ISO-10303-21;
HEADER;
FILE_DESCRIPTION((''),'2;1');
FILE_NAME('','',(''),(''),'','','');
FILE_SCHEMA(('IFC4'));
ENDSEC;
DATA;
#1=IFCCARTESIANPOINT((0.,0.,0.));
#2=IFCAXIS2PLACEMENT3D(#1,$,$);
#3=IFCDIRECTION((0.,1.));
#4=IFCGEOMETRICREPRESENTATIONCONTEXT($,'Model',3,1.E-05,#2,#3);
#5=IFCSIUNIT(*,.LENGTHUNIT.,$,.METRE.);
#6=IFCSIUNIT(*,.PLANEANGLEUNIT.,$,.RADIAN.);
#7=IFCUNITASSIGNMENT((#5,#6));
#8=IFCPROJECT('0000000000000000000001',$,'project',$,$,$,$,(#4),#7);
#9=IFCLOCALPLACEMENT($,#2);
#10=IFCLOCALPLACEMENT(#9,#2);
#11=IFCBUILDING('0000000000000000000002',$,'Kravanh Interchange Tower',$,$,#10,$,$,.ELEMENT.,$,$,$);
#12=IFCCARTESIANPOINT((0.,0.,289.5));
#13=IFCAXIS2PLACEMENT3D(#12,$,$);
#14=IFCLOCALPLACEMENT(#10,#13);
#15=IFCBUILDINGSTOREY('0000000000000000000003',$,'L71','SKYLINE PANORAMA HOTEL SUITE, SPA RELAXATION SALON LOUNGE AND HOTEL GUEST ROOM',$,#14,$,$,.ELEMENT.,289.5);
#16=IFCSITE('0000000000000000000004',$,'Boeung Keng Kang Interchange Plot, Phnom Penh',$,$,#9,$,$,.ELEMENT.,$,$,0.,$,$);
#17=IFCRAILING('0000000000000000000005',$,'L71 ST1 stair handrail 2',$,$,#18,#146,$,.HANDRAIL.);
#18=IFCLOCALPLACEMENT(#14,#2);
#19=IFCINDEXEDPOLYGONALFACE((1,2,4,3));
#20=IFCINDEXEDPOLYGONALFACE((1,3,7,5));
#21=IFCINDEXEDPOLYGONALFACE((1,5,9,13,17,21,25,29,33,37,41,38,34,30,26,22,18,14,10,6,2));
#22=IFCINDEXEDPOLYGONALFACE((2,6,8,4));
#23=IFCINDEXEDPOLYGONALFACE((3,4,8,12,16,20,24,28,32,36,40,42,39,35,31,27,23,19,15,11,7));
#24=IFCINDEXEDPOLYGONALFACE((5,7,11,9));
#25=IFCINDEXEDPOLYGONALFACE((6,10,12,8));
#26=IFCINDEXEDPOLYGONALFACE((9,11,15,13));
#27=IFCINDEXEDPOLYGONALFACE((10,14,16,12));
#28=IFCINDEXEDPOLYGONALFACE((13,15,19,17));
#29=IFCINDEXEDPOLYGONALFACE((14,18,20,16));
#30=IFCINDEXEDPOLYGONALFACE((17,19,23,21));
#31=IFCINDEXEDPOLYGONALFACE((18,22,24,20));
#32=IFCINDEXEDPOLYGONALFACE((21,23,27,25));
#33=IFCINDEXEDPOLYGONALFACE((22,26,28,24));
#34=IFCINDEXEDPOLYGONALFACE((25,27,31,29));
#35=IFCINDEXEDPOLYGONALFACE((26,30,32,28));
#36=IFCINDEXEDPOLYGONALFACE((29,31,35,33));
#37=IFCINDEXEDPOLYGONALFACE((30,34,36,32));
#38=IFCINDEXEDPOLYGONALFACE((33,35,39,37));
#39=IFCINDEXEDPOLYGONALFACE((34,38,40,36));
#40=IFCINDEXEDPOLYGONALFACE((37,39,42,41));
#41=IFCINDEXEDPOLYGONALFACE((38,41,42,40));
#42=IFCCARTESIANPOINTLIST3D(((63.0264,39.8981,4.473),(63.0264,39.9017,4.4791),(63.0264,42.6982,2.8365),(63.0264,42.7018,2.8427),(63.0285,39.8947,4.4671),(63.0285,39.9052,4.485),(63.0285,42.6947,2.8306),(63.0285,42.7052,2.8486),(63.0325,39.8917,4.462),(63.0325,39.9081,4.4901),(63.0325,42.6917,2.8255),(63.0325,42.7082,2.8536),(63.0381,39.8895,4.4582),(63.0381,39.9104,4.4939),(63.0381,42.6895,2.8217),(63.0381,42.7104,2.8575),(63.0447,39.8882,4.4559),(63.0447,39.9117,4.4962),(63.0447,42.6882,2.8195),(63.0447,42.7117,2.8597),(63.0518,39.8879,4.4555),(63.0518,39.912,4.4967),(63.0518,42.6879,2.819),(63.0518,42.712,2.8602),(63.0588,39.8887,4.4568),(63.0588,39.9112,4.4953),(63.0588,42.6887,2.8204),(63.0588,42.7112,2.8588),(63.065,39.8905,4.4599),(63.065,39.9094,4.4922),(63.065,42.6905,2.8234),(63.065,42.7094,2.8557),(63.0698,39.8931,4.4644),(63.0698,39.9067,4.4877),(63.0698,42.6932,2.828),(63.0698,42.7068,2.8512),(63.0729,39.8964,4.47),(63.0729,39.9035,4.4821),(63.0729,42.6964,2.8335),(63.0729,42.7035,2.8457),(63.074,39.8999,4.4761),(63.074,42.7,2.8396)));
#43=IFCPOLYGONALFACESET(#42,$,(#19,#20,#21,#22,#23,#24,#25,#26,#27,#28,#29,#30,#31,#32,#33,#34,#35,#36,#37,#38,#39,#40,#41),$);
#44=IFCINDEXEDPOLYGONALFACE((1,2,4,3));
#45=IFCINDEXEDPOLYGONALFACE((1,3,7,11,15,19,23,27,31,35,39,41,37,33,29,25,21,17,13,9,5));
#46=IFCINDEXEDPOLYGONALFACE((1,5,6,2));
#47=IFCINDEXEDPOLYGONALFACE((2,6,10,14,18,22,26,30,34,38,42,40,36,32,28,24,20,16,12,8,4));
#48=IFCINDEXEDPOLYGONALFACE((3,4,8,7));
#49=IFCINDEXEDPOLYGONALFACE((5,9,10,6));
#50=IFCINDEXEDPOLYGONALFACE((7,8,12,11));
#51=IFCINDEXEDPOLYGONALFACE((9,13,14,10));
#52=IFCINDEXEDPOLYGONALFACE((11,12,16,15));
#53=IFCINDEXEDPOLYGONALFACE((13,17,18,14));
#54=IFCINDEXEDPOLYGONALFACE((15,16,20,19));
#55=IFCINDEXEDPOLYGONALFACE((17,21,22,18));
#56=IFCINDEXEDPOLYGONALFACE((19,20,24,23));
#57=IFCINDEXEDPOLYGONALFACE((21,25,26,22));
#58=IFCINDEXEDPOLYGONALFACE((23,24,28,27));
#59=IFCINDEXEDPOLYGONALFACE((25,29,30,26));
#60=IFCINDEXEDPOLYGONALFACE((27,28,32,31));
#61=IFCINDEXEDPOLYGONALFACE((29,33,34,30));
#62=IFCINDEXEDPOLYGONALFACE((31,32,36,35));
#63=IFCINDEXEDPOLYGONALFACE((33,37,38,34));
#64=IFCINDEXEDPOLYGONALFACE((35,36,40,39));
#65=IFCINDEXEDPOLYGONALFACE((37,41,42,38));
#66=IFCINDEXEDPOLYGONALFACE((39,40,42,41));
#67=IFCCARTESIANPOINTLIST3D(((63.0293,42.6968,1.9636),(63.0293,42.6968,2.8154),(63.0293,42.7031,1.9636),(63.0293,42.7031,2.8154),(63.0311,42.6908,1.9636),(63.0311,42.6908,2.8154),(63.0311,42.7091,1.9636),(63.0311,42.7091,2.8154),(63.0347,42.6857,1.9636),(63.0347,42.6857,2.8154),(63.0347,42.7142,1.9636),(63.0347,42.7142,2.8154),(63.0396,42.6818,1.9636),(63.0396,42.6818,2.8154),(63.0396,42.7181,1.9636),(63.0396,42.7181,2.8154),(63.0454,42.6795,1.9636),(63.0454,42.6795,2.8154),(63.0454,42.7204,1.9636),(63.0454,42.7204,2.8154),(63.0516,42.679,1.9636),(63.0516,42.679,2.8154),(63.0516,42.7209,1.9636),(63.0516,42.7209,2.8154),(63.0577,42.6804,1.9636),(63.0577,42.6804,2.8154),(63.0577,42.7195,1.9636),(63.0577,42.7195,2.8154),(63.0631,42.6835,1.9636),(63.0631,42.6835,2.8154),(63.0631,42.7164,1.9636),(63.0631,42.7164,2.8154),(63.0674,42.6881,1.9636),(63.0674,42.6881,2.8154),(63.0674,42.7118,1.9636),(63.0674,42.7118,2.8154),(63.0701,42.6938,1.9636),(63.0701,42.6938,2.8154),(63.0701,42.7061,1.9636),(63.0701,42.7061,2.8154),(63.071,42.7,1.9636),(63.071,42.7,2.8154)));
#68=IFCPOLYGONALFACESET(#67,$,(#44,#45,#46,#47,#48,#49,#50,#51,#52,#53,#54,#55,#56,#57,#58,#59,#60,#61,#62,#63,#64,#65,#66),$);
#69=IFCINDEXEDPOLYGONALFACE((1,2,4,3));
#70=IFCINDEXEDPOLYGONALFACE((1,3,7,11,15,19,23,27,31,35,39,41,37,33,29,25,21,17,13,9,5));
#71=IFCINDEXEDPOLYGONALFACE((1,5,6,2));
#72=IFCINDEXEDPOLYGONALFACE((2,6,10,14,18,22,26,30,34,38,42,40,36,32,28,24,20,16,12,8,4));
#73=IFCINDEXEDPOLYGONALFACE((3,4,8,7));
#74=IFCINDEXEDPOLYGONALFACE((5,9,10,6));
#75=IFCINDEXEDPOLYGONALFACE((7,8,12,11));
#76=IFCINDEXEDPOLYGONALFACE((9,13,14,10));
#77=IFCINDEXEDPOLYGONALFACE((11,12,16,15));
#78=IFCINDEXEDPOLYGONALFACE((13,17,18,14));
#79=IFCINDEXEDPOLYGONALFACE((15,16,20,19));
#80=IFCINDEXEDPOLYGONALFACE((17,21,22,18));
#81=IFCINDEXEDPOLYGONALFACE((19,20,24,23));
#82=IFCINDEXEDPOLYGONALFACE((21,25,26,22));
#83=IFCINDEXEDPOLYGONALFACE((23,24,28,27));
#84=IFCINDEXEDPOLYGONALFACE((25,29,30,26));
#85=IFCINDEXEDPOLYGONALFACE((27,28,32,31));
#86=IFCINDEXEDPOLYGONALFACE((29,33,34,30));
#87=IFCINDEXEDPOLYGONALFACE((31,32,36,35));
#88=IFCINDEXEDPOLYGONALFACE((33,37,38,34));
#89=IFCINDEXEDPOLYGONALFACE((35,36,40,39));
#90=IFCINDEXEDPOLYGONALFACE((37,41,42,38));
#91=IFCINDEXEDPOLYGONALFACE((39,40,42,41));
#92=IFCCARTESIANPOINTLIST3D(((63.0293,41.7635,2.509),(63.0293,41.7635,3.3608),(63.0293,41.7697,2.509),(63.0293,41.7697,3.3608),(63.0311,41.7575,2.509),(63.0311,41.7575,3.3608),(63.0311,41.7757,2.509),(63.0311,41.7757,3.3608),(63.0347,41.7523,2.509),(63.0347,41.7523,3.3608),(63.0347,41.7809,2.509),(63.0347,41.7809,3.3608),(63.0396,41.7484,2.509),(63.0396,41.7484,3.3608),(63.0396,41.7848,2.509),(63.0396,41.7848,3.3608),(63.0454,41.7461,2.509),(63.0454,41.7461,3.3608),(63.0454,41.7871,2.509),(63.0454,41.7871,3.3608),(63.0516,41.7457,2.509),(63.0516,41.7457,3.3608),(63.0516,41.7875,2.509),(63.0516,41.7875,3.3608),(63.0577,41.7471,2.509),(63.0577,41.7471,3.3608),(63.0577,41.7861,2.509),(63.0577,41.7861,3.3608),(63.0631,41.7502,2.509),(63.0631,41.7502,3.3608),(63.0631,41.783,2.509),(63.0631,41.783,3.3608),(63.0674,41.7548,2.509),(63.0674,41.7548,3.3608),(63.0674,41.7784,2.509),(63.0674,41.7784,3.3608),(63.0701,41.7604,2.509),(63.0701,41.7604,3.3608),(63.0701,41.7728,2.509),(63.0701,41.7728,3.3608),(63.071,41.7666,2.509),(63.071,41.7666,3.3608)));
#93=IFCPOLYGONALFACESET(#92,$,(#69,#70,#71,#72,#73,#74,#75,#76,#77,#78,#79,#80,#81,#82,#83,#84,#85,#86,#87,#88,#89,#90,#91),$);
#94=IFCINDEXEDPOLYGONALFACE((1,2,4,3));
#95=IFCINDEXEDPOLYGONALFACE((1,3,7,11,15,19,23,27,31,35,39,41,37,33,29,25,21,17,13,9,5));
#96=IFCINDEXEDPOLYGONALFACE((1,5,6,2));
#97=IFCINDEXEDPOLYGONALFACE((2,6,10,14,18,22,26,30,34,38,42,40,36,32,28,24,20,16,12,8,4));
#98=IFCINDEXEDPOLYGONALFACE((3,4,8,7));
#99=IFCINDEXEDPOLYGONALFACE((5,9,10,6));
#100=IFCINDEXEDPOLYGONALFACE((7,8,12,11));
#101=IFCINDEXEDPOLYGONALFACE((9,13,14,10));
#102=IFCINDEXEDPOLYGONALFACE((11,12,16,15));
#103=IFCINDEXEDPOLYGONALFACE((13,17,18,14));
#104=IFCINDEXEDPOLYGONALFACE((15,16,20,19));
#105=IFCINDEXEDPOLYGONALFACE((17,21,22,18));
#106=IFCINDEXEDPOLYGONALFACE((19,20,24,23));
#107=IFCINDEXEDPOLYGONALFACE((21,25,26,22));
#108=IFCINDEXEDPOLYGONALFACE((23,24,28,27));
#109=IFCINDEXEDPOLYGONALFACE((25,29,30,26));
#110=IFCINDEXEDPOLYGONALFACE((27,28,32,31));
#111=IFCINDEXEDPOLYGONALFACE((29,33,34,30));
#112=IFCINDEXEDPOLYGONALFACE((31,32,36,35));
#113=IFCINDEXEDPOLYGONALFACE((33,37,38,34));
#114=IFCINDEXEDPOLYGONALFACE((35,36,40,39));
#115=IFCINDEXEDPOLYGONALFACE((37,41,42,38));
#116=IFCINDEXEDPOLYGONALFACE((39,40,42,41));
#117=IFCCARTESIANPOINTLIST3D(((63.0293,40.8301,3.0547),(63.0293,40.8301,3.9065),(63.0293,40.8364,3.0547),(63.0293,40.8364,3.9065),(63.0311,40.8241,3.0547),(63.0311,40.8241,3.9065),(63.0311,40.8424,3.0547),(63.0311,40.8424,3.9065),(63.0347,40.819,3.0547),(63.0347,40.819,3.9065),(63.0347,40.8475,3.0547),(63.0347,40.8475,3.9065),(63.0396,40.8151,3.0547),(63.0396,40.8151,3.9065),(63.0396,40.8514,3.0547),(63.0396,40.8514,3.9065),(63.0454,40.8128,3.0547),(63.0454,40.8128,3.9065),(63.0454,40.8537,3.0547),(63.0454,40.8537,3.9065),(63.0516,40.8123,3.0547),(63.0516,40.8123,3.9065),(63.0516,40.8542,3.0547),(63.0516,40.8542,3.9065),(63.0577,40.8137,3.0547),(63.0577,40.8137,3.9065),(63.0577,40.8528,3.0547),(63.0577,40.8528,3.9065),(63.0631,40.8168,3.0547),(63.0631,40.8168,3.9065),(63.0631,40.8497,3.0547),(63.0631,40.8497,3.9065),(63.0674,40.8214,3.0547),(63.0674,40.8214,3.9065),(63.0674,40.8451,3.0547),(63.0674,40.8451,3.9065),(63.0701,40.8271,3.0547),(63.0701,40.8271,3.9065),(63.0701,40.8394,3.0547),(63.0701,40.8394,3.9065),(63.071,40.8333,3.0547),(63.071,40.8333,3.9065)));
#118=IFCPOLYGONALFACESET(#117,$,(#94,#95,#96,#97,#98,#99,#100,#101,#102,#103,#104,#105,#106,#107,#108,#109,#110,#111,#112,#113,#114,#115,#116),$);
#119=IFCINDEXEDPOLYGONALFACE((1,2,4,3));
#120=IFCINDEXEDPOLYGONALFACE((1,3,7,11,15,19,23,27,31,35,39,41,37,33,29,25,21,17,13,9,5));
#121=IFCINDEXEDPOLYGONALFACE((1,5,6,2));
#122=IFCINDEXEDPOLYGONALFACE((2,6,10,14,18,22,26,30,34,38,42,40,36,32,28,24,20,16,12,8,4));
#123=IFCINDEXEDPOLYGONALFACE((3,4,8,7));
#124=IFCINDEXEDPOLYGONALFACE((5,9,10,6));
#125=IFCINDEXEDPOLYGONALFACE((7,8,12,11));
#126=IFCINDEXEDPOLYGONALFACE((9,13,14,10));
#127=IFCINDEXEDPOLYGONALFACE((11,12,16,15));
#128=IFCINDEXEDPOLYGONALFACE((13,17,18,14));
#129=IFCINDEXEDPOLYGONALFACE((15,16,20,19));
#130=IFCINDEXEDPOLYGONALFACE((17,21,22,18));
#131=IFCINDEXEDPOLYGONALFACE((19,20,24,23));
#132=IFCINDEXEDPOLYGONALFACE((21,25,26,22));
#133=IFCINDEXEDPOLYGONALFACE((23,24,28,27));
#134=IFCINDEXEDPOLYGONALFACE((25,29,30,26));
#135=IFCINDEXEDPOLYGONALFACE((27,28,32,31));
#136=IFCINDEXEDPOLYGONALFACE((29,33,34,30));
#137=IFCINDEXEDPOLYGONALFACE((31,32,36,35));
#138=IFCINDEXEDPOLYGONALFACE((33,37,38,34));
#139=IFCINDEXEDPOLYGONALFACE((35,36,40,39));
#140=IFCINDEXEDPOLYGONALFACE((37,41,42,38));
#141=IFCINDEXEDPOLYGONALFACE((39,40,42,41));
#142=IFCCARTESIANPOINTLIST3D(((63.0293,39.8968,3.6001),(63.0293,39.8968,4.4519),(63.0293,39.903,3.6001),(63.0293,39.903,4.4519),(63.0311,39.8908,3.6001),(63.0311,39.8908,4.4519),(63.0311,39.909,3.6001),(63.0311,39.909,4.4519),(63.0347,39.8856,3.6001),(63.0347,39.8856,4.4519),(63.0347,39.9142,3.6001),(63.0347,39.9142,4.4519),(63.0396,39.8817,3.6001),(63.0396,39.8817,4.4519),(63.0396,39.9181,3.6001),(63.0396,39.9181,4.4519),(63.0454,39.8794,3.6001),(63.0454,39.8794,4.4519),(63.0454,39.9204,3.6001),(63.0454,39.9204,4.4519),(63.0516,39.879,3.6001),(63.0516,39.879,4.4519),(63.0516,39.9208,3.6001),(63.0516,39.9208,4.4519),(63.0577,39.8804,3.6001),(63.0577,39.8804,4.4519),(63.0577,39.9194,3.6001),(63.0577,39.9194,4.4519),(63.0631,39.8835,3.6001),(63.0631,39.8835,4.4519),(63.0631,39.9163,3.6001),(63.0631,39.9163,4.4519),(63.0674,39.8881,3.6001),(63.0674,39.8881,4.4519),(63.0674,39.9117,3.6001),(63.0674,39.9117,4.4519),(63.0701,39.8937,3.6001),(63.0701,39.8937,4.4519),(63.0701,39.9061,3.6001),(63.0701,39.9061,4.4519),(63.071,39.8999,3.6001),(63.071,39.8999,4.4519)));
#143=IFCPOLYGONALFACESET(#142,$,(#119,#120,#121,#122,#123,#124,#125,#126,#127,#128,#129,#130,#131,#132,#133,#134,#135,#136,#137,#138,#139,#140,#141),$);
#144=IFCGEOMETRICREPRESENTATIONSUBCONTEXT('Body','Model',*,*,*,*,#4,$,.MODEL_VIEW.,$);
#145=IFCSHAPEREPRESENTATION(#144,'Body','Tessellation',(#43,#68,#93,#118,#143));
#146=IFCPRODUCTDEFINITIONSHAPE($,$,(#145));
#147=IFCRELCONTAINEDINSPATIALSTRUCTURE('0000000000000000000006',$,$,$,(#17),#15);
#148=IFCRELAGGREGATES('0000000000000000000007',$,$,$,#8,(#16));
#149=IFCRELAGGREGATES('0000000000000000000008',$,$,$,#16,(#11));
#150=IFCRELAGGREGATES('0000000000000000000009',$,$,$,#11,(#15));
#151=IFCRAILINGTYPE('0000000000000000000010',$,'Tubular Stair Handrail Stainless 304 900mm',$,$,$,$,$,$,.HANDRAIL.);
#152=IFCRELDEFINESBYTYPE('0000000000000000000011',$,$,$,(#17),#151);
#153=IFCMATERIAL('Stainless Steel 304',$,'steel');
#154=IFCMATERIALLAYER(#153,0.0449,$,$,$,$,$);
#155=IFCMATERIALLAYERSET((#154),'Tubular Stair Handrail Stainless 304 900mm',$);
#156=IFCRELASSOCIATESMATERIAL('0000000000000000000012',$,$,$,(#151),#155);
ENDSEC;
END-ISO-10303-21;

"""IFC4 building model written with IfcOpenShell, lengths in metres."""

from ifc_helpers import new_model, si_unit, direction, frame, origin, origin_2d, place, context, subcontext, project, spatial, circle, extrude, material, layer, layer_set, type_object, element, save


model = new_model("IFC4")

# Units and contexts
model_context = context("Model", 3, precision=1e-05, world=origin(), true_north=direction((0.0, 1.0)))
body_context = subcontext(model_context, "Body", "Model", "MODEL_VIEW")
ifc_project = project(units=[si_unit("LENGTHUNIT", "METRE"), si_unit("PLANEANGLEUNIT", "RADIAN")], contexts=[model_context])

# Site, building, storey
site_placement = place(None, origin())
site = spatial("IfcSite", under=ifc_project, at=site_placement, Name="Boeung Keng Kang Interchange Plot, Phnom Penh", CompositionType="ELEMENT", RefElevation=0.0)
building_placement = place(site_placement, origin())
building = spatial("IfcBuilding", under=site, at=building_placement, Name="Kravanh Interchange Tower", CompositionType="ELEMENT")
storey_placement = place(building_placement, frame((0.0, 0.0, 289.5)))
storey = spatial("IfcBuildingStorey", under=building, at=storey_placement, Name="L71", Description="SKYLINE PANORAMA HOTEL SUITE, SPA RELAXATION SALON LOUNGE AND HOTEL GUEST ROOM", CompositionType="ELEMENT", Elevation=289.5)

# Railing
ifc_material_1 = material(Name="Stainless Steel 304", Category="steel")
ifc_layer_1 = layer(ifc_material_1, 0.0449)
ifc_layer_set_1 = layer_set([ifc_layer_1], Name="Tubular Stair Handrail Stainless 304 900mm")
railing_type_1 = type_object("IfcRailingType", Name="Tubular Stair Handrail Stainless 304 900mm", PredefinedType="HANDRAIL", material=ifc_layer_set_1)
railing_1_placement = place(storey_placement, frame((63.05, 42.7, 1.9636)))
element("IfcRailing", 1, at=railing_1_placement, inside=storey, type_object=railing_type_1, Name="L71 ST1 stair handrail 2", PredefinedType="HANDRAIL", context=body_context, shape_type="SweptSolid", body=[
    extrude(circle(Radius=0.0239, at=origin_2d()), frame((0.0, 0.0, 0.876), z_axis=(0.0, -0.863361, 0.504587), x_axis=(1.0, 0.0, 0.0)), (0.0, 0.0, 1.0), 3.2432),
    extrude(circle(Radius=0.021, at=origin_2d()), origin(), (0.0, 0.0, 1.0), 0.8518),
    extrude(circle(Radius=0.021, at=origin_2d()), frame((0.0, -0.9333, 0.5454)), (0.0, 0.0, 1.0), 0.8518),
    extrude(circle(Radius=0.021, at=origin_2d()), frame((0.0, -1.8667, 1.0911)), (0.0, 0.0, 1.0), 0.8518),
    extrude(circle(Radius=0.021, at=origin_2d()), frame((0.0, -2.8, 1.6365)), (0.0, 0.0, 1.0), 0.8518),
])

save(model, "model.ifc")
